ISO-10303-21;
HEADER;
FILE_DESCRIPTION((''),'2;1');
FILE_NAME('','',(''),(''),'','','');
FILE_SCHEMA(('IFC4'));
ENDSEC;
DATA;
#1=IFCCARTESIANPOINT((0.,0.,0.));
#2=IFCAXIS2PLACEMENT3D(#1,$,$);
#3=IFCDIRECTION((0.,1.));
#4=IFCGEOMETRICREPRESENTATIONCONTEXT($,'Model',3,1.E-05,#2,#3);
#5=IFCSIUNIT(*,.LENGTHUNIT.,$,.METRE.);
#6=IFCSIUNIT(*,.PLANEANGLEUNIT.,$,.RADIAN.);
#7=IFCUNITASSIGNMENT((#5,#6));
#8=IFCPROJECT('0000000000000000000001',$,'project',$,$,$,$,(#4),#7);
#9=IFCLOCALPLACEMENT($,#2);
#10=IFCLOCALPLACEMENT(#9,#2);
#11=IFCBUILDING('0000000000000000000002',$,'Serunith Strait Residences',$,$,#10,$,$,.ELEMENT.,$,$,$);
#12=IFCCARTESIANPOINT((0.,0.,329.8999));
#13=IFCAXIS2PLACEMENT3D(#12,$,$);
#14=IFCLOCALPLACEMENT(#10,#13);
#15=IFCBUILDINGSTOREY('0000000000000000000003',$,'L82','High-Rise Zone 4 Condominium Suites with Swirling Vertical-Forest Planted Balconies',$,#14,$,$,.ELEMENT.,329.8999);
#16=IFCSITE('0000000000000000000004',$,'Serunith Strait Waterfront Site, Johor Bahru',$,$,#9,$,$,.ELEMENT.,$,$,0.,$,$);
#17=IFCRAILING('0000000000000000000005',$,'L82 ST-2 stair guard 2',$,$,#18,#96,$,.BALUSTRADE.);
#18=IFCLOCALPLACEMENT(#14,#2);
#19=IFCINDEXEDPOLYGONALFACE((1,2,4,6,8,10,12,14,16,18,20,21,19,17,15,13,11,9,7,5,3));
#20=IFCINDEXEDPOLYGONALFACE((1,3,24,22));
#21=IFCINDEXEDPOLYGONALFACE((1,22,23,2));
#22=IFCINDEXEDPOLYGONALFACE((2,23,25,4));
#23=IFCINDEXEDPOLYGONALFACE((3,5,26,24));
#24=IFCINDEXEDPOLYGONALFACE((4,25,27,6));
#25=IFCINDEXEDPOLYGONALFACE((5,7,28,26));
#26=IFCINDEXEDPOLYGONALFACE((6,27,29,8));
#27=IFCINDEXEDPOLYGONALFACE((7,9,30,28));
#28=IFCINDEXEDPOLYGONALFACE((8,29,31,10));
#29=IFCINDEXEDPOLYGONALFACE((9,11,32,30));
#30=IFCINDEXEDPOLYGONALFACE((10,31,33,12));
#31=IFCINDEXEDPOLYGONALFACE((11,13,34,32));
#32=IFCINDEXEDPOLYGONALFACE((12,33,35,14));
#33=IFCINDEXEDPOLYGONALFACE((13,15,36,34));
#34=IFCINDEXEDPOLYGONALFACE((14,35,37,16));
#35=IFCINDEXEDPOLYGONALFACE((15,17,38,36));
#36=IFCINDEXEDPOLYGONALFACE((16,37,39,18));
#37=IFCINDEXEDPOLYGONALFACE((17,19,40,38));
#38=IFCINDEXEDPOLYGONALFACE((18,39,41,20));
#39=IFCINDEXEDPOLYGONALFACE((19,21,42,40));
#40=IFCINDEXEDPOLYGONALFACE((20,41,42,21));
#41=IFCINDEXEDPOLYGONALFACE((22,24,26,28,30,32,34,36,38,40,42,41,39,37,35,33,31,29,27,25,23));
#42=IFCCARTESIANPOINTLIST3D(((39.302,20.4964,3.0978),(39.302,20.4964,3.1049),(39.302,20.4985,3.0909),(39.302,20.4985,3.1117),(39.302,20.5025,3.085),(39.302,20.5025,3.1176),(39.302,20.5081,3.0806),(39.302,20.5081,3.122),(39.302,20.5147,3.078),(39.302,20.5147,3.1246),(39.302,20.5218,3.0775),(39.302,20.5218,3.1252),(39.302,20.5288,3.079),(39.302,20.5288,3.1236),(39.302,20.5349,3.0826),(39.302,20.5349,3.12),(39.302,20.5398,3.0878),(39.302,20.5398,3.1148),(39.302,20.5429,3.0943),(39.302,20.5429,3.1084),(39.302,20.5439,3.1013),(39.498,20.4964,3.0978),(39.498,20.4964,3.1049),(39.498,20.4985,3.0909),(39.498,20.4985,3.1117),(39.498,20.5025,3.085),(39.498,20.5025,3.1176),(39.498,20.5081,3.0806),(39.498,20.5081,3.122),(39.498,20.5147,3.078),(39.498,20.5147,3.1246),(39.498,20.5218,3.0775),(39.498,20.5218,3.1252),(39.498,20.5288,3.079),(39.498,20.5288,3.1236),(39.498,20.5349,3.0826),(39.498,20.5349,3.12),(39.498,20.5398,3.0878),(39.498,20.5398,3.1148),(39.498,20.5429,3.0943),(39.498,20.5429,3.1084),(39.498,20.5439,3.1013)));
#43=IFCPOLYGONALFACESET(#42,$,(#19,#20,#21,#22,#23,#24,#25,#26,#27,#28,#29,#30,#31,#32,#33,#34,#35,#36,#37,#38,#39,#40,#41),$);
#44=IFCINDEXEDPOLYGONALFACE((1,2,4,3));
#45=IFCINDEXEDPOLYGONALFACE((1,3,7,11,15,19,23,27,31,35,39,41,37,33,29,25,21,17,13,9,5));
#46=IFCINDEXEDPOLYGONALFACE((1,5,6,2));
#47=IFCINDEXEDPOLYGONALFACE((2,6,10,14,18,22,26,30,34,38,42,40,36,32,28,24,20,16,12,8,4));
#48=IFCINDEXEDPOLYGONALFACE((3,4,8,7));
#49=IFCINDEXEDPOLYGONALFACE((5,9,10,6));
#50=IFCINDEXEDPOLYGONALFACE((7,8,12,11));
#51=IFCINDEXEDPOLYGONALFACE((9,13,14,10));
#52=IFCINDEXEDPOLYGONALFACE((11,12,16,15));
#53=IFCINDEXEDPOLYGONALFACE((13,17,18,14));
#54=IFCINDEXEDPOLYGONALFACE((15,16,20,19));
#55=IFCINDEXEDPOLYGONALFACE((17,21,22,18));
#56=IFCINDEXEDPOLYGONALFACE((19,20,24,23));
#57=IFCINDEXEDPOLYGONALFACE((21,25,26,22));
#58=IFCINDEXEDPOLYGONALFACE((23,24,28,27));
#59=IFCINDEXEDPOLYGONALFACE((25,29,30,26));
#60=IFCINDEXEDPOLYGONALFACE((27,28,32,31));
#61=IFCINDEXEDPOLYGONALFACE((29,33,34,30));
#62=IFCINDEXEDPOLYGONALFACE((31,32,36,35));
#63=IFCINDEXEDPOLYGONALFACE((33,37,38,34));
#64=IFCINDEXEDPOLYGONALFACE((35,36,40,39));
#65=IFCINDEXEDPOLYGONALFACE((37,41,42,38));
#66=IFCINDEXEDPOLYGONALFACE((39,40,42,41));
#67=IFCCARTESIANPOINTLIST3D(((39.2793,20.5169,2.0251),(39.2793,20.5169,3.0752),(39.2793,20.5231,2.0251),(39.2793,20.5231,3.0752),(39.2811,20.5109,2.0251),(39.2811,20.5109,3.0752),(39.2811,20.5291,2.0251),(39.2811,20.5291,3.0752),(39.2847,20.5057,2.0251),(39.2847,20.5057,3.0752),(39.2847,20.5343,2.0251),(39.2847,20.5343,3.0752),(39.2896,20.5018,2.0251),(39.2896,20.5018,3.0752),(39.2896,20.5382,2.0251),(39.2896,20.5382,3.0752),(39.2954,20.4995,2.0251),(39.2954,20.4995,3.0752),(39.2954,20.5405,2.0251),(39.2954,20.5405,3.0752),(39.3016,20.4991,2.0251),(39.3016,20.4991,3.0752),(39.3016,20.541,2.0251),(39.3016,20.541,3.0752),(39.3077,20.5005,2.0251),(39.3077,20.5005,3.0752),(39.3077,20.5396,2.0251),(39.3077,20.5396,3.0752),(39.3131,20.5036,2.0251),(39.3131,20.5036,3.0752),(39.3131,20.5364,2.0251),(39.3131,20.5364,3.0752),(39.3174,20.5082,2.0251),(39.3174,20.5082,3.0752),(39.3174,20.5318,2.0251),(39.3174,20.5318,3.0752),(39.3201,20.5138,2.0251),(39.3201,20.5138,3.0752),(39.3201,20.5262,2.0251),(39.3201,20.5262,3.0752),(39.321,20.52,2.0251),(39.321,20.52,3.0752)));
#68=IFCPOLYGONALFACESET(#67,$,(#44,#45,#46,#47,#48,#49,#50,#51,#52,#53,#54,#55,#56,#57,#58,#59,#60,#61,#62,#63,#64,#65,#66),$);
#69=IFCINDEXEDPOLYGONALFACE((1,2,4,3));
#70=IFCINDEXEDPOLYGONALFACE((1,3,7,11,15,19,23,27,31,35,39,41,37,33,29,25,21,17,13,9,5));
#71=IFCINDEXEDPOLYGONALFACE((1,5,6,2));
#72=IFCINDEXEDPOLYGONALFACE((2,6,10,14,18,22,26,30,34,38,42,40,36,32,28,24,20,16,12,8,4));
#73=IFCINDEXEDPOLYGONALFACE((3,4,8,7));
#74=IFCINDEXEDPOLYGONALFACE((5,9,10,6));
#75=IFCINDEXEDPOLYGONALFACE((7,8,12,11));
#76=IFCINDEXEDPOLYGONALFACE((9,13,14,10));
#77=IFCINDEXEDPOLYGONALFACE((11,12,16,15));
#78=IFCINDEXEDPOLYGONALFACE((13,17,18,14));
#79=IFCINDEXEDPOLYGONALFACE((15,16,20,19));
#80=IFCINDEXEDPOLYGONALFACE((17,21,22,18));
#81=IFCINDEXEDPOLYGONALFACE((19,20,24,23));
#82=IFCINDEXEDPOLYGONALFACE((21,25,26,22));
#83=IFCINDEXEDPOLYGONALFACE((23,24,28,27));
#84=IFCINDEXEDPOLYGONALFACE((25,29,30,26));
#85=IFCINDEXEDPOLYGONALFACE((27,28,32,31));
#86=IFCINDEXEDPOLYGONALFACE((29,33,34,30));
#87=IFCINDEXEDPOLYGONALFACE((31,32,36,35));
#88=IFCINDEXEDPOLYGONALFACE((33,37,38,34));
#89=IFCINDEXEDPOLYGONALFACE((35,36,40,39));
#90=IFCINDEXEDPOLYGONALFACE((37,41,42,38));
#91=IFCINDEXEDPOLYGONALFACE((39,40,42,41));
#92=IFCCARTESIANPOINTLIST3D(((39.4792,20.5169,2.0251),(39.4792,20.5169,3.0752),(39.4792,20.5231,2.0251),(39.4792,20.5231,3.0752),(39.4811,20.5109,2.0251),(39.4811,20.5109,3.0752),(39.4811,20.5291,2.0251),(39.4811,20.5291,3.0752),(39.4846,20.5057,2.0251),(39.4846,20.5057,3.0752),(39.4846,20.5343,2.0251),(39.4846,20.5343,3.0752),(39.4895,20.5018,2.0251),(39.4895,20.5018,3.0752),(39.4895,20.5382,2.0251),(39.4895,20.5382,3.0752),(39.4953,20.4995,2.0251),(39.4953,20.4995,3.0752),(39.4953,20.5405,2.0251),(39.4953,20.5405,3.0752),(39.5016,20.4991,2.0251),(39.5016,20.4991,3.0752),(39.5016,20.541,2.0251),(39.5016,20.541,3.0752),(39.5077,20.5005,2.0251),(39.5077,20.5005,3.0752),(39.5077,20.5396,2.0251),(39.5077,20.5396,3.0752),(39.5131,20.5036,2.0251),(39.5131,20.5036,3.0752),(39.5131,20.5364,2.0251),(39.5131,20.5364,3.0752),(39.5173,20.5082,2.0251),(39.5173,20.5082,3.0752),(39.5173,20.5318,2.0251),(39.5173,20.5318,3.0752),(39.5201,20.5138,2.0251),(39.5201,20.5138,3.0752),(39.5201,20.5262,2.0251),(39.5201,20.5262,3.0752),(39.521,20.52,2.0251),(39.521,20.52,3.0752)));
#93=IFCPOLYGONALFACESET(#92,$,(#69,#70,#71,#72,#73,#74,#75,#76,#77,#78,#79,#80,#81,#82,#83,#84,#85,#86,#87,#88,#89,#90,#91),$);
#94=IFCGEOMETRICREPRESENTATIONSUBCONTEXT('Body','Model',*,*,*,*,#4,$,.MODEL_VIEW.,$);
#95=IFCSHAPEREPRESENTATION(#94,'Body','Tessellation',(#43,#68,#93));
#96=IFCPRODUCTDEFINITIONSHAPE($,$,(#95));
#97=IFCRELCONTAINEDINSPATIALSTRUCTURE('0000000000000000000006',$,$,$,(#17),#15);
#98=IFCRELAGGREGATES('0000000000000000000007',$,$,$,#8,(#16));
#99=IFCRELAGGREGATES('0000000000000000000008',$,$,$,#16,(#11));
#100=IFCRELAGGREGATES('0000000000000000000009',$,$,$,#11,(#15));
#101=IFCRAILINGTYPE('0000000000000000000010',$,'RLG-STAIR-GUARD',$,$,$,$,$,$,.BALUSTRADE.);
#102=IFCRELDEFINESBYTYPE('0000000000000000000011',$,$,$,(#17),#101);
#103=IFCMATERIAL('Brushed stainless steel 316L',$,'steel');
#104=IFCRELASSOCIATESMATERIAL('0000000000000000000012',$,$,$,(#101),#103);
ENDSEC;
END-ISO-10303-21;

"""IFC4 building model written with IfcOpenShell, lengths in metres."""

from ifc_helpers import new_model, si_unit, direction, frame, origin, origin_2d, place, context, subcontext, project, spatial, circle, extrude, material, type_object, element, save


model = new_model("IFC4")

# Units and contexts
model_context = context("Model", 3, precision=1e-05, world=origin(), true_north=direction((0.0, 1.0)))
body_context = subcontext(model_context, "Body", "Model", "MODEL_VIEW")
ifc_project = project(units=[si_unit("LENGTHUNIT", "METRE"), si_unit("PLANEANGLEUNIT", "RADIAN")], contexts=[model_context])

# Site, building, storey
site_placement = place(None, origin())
site = spatial("IfcSite", under=ifc_project, at=site_placement, Name="Serunith Strait Waterfront Site, Johor Bahru", CompositionType="ELEMENT", RefElevation=0.0)
building_placement = place(site_placement, origin())
building = spatial("IfcBuilding", under=site, at=building_placement, Name="Serunith Strait Residences", CompositionType="ELEMENT")
storey_placement = place(building_placement, frame((0.0, 0.0, 329.8999)))
storey = spatial("IfcBuildingStorey", under=building, at=storey_placement, Name="L82", Description="High-Rise Zone 4 Condominium Suites with Swirling Vertical-Forest Planted Balconies", CompositionType="ELEMENT", Elevation=329.8999)

# Railing
ifc_material_1 = material(Name="Brushed stainless steel 316L", Category="steel")
railing_type_1 = type_object("IfcRailingType", Name="RLG-STAIR-GUARD", PredefinedType="BALUSTRADE", material=ifc_material_1)
railing_1_placement = place(storey_placement, frame((39.3, 20.52, 2.0251)))
element("IfcRailing", 1, at=railing_1_placement, inside=storey, type_object=railing_type_1, Name="L82 ST-2 stair guard 2", PredefinedType="BALUSTRADE", context=body_context, shape_type="SweptSolid", body=[
    extrude(circle(Radius=0.0239, at=origin_2d()), frame((0.002, 0.0, 1.0762), z_axis=(1.0, 0.0, 0.0), x_axis=(0.0, 1.0, 0.0)), (0.0, 0.0, 1.0), 0.196),
    extrude(circle(Radius=0.021, at=origin_2d()), origin(), (0.0, 0.0, 1.0), 1.05),
    extrude(circle(Radius=0.021, at=origin_2d()), frame((0.2, 0.0, 0.0)), (0.0, 0.0, 1.0), 1.05),
])

save(model, "model.ifc")
